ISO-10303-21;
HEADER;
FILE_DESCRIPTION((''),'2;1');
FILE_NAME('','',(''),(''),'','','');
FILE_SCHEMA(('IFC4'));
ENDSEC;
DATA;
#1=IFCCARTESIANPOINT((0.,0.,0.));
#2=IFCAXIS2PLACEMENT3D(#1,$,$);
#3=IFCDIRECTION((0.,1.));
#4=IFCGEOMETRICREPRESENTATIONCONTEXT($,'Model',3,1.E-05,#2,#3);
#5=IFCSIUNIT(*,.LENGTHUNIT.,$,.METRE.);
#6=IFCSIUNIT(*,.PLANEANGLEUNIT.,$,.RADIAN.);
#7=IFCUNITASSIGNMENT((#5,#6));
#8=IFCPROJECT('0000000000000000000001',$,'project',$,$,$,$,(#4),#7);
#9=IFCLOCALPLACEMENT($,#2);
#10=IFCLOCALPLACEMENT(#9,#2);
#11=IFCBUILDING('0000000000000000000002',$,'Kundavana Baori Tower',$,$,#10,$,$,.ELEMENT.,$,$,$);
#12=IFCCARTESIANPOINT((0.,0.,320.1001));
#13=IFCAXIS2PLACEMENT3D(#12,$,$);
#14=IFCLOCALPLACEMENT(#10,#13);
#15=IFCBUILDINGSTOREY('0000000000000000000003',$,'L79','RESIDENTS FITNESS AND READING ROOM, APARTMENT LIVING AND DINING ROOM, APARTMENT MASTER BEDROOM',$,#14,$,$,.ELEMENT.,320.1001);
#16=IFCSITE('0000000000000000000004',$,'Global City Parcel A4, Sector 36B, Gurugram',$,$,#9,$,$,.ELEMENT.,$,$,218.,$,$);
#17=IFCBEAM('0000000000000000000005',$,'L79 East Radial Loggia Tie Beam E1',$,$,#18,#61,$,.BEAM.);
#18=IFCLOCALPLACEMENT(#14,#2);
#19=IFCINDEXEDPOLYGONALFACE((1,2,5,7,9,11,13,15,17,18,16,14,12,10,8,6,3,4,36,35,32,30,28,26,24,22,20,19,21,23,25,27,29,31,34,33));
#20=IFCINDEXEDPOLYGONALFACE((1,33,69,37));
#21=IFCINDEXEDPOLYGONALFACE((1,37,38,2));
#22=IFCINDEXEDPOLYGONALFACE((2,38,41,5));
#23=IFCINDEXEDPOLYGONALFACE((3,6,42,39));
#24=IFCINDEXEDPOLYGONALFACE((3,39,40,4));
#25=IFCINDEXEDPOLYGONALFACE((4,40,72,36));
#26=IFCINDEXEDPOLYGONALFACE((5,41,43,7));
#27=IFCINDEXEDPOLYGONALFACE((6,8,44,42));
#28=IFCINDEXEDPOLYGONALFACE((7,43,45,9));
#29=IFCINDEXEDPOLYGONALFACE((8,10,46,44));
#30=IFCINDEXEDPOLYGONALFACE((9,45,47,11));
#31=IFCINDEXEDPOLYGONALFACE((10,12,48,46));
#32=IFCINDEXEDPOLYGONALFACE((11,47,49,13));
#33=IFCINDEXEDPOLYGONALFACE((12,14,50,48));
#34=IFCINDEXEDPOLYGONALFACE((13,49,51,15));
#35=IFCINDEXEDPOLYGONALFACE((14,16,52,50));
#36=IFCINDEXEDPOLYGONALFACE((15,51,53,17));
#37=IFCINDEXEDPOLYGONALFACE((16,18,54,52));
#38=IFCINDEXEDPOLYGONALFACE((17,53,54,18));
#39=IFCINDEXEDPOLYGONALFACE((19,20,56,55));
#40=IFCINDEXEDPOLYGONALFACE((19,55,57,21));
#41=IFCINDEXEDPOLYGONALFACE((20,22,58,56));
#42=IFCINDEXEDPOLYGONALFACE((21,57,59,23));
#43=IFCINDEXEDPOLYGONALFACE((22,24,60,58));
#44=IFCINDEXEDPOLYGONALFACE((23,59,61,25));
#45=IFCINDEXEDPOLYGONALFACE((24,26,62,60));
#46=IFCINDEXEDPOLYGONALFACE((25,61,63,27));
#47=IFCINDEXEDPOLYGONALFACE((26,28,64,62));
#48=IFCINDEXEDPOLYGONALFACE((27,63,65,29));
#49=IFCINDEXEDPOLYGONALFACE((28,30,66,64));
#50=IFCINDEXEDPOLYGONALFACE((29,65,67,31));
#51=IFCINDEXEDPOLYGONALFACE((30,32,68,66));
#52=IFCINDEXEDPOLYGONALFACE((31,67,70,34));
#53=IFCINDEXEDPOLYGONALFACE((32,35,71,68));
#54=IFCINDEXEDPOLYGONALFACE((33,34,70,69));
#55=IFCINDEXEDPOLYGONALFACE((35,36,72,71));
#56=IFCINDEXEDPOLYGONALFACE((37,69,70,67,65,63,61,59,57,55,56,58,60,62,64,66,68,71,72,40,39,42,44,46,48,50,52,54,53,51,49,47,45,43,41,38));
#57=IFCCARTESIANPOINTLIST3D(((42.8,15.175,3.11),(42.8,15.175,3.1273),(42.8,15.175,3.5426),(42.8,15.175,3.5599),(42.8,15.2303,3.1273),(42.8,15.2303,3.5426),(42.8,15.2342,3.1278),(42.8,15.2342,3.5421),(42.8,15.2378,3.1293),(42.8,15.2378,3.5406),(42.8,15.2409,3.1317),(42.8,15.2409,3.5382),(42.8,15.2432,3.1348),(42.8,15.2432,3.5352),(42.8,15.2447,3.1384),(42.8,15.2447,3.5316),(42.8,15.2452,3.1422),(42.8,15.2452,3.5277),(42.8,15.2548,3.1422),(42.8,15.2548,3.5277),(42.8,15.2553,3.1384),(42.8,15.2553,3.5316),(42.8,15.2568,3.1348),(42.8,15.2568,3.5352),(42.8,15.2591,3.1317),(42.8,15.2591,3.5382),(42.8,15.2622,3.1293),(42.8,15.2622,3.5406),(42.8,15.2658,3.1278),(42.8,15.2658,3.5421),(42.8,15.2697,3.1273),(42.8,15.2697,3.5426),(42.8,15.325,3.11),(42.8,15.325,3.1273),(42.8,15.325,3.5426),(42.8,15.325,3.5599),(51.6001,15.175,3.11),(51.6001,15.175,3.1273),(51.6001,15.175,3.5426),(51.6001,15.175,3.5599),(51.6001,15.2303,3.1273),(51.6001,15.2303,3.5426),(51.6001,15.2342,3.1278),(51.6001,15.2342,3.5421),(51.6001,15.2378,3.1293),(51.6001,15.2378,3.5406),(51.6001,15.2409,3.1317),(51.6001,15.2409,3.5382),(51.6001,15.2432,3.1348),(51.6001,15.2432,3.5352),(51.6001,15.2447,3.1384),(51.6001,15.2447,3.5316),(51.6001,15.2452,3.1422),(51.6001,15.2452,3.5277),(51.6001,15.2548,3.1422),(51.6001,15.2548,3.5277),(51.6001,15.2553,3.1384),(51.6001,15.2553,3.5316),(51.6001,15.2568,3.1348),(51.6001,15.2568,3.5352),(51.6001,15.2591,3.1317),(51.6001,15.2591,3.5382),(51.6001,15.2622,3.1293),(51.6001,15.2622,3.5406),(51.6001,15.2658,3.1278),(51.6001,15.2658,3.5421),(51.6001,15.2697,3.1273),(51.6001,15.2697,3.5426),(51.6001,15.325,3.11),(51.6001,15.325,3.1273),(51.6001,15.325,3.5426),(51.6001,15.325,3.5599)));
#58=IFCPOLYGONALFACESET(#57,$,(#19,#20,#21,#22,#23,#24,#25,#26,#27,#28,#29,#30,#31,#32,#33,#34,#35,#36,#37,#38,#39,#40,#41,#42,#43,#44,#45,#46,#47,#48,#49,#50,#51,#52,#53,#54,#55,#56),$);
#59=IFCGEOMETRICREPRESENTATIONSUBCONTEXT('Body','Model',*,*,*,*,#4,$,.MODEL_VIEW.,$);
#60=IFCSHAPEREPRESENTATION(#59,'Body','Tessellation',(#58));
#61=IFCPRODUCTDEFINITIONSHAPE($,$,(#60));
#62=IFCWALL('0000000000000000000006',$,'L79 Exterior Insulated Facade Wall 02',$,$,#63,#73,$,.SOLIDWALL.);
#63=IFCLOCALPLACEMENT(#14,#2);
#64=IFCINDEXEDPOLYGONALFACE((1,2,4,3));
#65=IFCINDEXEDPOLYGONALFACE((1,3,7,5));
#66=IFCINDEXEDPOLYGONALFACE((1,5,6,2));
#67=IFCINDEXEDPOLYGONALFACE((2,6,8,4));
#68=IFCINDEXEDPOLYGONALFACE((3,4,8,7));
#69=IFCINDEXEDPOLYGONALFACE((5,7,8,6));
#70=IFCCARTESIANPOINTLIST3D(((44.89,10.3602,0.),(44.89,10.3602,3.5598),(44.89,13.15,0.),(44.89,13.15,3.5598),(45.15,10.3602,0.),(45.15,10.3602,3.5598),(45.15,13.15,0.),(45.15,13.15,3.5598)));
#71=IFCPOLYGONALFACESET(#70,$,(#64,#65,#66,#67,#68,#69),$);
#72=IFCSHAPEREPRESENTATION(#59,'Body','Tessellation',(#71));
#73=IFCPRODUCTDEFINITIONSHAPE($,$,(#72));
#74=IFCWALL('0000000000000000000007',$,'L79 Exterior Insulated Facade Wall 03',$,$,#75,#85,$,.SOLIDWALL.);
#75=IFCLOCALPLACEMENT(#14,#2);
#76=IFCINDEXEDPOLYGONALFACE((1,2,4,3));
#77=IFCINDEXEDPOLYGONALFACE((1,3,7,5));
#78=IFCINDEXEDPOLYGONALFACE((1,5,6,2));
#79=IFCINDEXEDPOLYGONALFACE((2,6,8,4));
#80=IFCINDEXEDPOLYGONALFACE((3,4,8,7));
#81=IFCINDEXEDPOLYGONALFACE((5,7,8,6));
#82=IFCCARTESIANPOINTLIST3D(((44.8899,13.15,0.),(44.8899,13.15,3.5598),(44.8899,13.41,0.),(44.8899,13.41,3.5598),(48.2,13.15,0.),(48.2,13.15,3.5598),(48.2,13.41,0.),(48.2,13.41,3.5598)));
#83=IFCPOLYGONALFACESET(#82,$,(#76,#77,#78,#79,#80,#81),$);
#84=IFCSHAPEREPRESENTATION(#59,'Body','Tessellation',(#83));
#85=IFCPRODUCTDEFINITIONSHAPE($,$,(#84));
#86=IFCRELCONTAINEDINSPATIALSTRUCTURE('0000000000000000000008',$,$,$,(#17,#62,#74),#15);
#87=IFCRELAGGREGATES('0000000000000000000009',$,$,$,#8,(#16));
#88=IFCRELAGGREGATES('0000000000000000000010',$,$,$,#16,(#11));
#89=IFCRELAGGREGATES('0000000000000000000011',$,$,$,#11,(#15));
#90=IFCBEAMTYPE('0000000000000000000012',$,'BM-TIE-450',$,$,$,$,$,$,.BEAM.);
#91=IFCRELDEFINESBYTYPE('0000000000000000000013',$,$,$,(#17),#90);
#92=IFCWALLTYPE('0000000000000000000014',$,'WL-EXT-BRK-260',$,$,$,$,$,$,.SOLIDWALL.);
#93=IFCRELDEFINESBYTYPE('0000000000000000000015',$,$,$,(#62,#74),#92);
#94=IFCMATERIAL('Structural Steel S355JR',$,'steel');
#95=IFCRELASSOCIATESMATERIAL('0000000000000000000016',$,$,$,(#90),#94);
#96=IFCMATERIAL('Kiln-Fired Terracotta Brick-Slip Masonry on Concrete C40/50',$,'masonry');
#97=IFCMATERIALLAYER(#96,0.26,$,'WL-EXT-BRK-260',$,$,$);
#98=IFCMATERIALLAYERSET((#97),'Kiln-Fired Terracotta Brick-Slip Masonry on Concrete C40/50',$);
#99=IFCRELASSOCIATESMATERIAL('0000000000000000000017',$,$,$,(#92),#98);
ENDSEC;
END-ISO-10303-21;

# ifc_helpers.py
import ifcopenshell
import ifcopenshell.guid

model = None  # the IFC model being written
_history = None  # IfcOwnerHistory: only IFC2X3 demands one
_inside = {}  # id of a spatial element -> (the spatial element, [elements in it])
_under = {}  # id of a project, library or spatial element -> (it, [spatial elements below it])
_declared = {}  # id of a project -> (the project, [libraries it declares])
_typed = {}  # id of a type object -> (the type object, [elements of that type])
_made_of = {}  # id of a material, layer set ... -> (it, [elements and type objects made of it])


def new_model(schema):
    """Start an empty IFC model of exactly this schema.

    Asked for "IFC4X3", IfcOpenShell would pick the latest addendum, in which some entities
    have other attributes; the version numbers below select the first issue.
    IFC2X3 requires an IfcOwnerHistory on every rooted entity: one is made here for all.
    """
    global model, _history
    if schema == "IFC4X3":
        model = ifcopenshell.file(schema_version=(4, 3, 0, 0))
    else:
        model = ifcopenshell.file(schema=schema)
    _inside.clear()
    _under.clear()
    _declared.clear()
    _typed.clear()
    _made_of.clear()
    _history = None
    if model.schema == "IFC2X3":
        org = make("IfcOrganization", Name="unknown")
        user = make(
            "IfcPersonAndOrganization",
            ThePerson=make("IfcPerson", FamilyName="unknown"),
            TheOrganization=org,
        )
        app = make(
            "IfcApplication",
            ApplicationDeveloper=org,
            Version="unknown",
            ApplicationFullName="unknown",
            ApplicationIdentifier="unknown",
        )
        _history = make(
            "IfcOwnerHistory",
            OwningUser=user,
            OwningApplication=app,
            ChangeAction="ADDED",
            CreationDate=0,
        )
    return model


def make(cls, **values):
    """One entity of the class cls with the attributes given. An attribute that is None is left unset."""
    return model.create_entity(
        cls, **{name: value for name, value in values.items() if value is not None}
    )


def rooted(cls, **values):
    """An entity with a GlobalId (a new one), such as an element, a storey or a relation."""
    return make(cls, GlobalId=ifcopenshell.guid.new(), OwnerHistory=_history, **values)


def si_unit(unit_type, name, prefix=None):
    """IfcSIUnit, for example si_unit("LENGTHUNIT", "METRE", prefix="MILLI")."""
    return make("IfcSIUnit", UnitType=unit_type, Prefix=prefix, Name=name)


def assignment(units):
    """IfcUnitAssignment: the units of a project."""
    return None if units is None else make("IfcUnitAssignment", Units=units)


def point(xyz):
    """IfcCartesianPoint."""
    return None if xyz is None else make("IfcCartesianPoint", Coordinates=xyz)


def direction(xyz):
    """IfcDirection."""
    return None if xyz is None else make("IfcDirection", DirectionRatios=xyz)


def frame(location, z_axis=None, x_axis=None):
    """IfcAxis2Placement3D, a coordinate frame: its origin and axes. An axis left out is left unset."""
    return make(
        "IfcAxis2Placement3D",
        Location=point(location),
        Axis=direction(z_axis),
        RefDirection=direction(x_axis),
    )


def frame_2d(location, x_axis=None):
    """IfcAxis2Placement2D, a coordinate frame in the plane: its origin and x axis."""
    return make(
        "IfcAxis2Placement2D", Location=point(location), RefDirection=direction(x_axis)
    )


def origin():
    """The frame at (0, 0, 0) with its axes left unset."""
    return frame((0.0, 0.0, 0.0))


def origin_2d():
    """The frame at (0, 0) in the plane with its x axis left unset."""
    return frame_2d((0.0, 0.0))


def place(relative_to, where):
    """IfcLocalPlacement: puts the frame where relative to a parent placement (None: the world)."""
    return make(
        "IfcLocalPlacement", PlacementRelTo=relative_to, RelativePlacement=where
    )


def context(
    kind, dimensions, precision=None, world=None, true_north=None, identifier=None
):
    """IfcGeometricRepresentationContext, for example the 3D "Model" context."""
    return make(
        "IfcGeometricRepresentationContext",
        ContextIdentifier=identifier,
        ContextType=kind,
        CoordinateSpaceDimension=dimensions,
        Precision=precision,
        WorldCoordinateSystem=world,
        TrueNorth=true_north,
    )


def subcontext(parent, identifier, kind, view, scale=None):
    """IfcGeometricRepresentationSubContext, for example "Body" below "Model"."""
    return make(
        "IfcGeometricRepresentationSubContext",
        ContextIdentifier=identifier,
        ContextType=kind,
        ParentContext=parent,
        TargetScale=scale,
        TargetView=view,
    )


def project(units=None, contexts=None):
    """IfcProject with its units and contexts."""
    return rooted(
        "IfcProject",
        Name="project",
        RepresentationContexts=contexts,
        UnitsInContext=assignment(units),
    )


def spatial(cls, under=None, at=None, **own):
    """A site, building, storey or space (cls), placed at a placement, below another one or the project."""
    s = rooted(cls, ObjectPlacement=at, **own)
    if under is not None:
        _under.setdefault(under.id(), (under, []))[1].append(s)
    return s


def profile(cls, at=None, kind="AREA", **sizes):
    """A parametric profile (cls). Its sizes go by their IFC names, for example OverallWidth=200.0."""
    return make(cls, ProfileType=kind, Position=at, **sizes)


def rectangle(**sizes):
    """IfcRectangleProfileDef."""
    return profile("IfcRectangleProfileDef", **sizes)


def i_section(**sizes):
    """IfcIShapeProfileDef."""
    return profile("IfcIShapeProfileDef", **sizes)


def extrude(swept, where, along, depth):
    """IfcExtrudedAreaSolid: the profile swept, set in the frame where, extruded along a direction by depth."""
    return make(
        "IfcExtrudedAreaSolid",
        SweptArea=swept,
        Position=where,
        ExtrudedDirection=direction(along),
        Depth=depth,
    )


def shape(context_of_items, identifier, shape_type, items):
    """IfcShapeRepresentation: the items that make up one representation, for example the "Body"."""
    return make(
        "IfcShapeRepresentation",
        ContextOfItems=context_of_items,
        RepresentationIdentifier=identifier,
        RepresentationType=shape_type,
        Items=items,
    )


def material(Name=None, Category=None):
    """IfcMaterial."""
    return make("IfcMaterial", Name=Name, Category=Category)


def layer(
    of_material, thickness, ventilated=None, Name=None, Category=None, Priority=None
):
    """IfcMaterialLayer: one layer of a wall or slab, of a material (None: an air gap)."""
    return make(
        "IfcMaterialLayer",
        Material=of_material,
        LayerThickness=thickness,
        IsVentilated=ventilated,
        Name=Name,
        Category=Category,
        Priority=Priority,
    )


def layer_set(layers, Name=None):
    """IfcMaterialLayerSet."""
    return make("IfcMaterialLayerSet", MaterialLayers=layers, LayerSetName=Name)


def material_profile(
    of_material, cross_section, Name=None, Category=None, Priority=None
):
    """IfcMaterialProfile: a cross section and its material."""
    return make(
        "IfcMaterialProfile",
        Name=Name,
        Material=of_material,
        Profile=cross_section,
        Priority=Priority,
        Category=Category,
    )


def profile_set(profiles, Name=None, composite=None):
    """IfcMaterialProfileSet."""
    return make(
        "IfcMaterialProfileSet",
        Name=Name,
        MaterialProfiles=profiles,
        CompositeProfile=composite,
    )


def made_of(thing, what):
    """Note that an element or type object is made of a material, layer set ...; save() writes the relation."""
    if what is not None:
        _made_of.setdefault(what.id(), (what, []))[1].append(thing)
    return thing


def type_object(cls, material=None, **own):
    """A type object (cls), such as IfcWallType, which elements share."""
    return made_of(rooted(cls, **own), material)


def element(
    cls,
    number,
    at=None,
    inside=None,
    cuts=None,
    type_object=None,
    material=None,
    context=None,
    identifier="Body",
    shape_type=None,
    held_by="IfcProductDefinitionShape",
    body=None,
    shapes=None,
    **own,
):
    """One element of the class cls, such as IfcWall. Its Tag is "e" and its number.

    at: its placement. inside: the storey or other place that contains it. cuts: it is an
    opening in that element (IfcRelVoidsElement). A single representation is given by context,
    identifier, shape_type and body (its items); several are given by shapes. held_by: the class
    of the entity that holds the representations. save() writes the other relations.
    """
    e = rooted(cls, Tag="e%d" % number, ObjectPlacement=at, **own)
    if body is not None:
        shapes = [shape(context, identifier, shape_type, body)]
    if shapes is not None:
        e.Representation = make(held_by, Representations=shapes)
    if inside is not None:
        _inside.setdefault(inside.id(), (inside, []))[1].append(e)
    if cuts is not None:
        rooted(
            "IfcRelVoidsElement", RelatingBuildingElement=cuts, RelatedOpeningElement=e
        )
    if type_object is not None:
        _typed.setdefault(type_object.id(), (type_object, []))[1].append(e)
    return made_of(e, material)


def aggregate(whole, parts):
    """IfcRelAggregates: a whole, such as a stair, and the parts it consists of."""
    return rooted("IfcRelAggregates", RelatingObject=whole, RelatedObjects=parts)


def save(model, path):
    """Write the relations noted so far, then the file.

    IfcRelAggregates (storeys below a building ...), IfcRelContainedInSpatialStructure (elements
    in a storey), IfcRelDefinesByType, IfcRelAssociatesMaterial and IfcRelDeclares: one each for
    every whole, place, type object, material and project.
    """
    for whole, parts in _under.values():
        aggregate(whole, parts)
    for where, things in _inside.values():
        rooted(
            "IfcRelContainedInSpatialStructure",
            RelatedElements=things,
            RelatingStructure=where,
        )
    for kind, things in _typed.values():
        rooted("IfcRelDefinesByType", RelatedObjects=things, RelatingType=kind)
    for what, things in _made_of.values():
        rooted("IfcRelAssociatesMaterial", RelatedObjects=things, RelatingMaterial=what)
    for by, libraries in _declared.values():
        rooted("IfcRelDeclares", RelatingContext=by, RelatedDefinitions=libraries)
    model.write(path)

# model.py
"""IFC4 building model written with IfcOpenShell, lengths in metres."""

from ifc_helpers import new_model, si_unit, direction, frame, frame_2d, origin, origin_2d, place, context, subcontext, project, spatial, rectangle, i_section, extrude, material, layer, layer_set, material_profile, profile_set, type_object, element, save


model = new_model("IFC4")

# Units and contexts
model_context = context("Model", 3, precision=1e-05, world=origin(), true_north=direction((0.0, 1.0)))
body_context = subcontext(model_context, "Body", "Model", "MODEL_VIEW")
ifc_project = project(units=[si_unit("LENGTHUNIT", "METRE"), si_unit("PLANEANGLEUNIT", "RADIAN")], contexts=[model_context])

# Site, building, storey
site_placement = place(None, origin())
site = spatial("IfcSite", under=ifc_project, at=site_placement, Name="Global City Parcel A4, Sector 36B, Gurugram", CompositionType="ELEMENT", RefElevation=218.0)
building_placement = place(site_placement, origin())
building = spatial("IfcBuilding", under=site, at=building_placement, Name="Kundavana Baori Tower", CompositionType="ELEMENT")
storey_placement = place(building_placement, frame((0.0, 0.0, 320.1001)))
storey = spatial("IfcBuildingStorey", under=building, at=storey_placement, Name="L79", Description="RESIDENTS FITNESS AND READING ROOM, APARTMENT LIVING AND DINING ROOM, APARTMENT MASTER BEDROOM", CompositionType="ELEMENT", Elevation=320.1001)

# Beam
ifc_material_1 = material(Name="Structural Steel S355JR", Category="steel")
ifc_material_profile_1 = material_profile(ifc_material_1, i_section(OverallWidth=0.1499, OverallDepth=0.45, WebThickness=0.0095, FlangeThickness=0.0173, FilletRadius=0.0149, at=origin_2d()), Name="ISMB 450")
ifc_profile_set_1 = profile_set([ifc_material_profile_1], Name="Structural Steel S355JR")
beam_type_1 = type_object("IfcBeamType", Name="BM-TIE-450", PredefinedType="BEAM", material=ifc_profile_set_1)
beam_1_placement = place(storey_placement, frame((42.8, 15.25, 3.335), z_axis=(1.0, 0.0, 0.0), x_axis=(0.0, 1.0, 0.0)))
element("IfcBeam", 1, at=beam_1_placement, inside=storey, type_object=beam_type_1, Name="L79 East Radial Loggia Tie Beam E1", PredefinedType="BEAM", context=body_context, shape_type="SweptSolid", body=[
    extrude(i_section(OverallWidth=0.1499, OverallDepth=0.45, WebThickness=0.0095, FlangeThickness=0.0173, FilletRadius=0.0149, at=origin_2d()), origin(), (0.0, 0.0, 1.0), 8.8),
])

# Walls
ifc_material_2 = material(Name="Kiln-Fired Terracotta Brick-Slip Masonry on Concrete C40/50", Category="masonry")
ifc_layer_1 = layer(ifc_material_2, 0.26, Name="WL-EXT-BRK-260")
ifc_layer_set_1 = layer_set([ifc_layer_1], Name="Kiln-Fired Terracotta Brick-Slip Masonry on Concrete C40/50")
wall_type_1 = type_object("IfcWallType", Name="WL-EXT-BRK-260", PredefinedType="SOLIDWALL", material=ifc_layer_set_1)
wall_1_placement = place(storey_placement, frame((45.02, 10.3601, 0.0), z_axis=(0.0, 0.0, 1.0), x_axis=(0.0, 1.0, 0.0)))
element("IfcWall", 2, at=wall_1_placement, inside=storey, type_object=wall_type_1, Name="L79 Exterior Insulated Facade Wall 02", PredefinedType="SOLIDWALL", context=body_context, shape_type="SweptSolid", body=[
    extrude(rectangle(XDim=2.7898, YDim=0.26, at=frame_2d((1.395, 0.0))), origin(), (0.0, 0.0, 1.0), 3.5598),
])
wall_2_placement = place(storey_placement, frame((44.8899, 13.28, 0.0), z_axis=(0.0, 0.0, 1.0), x_axis=(1.0, 0.0, 0.0)))
element("IfcWall", 3, at=wall_2_placement, inside=storey, type_object=wall_type_1, Name="L79 Exterior Insulated Facade Wall 03", PredefinedType="SOLIDWALL", context=body_context, shape_type="SweptSolid", body=[
    extrude(rectangle(XDim=3.3101, YDim=0.26, at=frame_2d((1.655, 0.0))), origin(), (0.0, 0.0, 1.0), 3.5598),
])

save(model, "model.ifc")
